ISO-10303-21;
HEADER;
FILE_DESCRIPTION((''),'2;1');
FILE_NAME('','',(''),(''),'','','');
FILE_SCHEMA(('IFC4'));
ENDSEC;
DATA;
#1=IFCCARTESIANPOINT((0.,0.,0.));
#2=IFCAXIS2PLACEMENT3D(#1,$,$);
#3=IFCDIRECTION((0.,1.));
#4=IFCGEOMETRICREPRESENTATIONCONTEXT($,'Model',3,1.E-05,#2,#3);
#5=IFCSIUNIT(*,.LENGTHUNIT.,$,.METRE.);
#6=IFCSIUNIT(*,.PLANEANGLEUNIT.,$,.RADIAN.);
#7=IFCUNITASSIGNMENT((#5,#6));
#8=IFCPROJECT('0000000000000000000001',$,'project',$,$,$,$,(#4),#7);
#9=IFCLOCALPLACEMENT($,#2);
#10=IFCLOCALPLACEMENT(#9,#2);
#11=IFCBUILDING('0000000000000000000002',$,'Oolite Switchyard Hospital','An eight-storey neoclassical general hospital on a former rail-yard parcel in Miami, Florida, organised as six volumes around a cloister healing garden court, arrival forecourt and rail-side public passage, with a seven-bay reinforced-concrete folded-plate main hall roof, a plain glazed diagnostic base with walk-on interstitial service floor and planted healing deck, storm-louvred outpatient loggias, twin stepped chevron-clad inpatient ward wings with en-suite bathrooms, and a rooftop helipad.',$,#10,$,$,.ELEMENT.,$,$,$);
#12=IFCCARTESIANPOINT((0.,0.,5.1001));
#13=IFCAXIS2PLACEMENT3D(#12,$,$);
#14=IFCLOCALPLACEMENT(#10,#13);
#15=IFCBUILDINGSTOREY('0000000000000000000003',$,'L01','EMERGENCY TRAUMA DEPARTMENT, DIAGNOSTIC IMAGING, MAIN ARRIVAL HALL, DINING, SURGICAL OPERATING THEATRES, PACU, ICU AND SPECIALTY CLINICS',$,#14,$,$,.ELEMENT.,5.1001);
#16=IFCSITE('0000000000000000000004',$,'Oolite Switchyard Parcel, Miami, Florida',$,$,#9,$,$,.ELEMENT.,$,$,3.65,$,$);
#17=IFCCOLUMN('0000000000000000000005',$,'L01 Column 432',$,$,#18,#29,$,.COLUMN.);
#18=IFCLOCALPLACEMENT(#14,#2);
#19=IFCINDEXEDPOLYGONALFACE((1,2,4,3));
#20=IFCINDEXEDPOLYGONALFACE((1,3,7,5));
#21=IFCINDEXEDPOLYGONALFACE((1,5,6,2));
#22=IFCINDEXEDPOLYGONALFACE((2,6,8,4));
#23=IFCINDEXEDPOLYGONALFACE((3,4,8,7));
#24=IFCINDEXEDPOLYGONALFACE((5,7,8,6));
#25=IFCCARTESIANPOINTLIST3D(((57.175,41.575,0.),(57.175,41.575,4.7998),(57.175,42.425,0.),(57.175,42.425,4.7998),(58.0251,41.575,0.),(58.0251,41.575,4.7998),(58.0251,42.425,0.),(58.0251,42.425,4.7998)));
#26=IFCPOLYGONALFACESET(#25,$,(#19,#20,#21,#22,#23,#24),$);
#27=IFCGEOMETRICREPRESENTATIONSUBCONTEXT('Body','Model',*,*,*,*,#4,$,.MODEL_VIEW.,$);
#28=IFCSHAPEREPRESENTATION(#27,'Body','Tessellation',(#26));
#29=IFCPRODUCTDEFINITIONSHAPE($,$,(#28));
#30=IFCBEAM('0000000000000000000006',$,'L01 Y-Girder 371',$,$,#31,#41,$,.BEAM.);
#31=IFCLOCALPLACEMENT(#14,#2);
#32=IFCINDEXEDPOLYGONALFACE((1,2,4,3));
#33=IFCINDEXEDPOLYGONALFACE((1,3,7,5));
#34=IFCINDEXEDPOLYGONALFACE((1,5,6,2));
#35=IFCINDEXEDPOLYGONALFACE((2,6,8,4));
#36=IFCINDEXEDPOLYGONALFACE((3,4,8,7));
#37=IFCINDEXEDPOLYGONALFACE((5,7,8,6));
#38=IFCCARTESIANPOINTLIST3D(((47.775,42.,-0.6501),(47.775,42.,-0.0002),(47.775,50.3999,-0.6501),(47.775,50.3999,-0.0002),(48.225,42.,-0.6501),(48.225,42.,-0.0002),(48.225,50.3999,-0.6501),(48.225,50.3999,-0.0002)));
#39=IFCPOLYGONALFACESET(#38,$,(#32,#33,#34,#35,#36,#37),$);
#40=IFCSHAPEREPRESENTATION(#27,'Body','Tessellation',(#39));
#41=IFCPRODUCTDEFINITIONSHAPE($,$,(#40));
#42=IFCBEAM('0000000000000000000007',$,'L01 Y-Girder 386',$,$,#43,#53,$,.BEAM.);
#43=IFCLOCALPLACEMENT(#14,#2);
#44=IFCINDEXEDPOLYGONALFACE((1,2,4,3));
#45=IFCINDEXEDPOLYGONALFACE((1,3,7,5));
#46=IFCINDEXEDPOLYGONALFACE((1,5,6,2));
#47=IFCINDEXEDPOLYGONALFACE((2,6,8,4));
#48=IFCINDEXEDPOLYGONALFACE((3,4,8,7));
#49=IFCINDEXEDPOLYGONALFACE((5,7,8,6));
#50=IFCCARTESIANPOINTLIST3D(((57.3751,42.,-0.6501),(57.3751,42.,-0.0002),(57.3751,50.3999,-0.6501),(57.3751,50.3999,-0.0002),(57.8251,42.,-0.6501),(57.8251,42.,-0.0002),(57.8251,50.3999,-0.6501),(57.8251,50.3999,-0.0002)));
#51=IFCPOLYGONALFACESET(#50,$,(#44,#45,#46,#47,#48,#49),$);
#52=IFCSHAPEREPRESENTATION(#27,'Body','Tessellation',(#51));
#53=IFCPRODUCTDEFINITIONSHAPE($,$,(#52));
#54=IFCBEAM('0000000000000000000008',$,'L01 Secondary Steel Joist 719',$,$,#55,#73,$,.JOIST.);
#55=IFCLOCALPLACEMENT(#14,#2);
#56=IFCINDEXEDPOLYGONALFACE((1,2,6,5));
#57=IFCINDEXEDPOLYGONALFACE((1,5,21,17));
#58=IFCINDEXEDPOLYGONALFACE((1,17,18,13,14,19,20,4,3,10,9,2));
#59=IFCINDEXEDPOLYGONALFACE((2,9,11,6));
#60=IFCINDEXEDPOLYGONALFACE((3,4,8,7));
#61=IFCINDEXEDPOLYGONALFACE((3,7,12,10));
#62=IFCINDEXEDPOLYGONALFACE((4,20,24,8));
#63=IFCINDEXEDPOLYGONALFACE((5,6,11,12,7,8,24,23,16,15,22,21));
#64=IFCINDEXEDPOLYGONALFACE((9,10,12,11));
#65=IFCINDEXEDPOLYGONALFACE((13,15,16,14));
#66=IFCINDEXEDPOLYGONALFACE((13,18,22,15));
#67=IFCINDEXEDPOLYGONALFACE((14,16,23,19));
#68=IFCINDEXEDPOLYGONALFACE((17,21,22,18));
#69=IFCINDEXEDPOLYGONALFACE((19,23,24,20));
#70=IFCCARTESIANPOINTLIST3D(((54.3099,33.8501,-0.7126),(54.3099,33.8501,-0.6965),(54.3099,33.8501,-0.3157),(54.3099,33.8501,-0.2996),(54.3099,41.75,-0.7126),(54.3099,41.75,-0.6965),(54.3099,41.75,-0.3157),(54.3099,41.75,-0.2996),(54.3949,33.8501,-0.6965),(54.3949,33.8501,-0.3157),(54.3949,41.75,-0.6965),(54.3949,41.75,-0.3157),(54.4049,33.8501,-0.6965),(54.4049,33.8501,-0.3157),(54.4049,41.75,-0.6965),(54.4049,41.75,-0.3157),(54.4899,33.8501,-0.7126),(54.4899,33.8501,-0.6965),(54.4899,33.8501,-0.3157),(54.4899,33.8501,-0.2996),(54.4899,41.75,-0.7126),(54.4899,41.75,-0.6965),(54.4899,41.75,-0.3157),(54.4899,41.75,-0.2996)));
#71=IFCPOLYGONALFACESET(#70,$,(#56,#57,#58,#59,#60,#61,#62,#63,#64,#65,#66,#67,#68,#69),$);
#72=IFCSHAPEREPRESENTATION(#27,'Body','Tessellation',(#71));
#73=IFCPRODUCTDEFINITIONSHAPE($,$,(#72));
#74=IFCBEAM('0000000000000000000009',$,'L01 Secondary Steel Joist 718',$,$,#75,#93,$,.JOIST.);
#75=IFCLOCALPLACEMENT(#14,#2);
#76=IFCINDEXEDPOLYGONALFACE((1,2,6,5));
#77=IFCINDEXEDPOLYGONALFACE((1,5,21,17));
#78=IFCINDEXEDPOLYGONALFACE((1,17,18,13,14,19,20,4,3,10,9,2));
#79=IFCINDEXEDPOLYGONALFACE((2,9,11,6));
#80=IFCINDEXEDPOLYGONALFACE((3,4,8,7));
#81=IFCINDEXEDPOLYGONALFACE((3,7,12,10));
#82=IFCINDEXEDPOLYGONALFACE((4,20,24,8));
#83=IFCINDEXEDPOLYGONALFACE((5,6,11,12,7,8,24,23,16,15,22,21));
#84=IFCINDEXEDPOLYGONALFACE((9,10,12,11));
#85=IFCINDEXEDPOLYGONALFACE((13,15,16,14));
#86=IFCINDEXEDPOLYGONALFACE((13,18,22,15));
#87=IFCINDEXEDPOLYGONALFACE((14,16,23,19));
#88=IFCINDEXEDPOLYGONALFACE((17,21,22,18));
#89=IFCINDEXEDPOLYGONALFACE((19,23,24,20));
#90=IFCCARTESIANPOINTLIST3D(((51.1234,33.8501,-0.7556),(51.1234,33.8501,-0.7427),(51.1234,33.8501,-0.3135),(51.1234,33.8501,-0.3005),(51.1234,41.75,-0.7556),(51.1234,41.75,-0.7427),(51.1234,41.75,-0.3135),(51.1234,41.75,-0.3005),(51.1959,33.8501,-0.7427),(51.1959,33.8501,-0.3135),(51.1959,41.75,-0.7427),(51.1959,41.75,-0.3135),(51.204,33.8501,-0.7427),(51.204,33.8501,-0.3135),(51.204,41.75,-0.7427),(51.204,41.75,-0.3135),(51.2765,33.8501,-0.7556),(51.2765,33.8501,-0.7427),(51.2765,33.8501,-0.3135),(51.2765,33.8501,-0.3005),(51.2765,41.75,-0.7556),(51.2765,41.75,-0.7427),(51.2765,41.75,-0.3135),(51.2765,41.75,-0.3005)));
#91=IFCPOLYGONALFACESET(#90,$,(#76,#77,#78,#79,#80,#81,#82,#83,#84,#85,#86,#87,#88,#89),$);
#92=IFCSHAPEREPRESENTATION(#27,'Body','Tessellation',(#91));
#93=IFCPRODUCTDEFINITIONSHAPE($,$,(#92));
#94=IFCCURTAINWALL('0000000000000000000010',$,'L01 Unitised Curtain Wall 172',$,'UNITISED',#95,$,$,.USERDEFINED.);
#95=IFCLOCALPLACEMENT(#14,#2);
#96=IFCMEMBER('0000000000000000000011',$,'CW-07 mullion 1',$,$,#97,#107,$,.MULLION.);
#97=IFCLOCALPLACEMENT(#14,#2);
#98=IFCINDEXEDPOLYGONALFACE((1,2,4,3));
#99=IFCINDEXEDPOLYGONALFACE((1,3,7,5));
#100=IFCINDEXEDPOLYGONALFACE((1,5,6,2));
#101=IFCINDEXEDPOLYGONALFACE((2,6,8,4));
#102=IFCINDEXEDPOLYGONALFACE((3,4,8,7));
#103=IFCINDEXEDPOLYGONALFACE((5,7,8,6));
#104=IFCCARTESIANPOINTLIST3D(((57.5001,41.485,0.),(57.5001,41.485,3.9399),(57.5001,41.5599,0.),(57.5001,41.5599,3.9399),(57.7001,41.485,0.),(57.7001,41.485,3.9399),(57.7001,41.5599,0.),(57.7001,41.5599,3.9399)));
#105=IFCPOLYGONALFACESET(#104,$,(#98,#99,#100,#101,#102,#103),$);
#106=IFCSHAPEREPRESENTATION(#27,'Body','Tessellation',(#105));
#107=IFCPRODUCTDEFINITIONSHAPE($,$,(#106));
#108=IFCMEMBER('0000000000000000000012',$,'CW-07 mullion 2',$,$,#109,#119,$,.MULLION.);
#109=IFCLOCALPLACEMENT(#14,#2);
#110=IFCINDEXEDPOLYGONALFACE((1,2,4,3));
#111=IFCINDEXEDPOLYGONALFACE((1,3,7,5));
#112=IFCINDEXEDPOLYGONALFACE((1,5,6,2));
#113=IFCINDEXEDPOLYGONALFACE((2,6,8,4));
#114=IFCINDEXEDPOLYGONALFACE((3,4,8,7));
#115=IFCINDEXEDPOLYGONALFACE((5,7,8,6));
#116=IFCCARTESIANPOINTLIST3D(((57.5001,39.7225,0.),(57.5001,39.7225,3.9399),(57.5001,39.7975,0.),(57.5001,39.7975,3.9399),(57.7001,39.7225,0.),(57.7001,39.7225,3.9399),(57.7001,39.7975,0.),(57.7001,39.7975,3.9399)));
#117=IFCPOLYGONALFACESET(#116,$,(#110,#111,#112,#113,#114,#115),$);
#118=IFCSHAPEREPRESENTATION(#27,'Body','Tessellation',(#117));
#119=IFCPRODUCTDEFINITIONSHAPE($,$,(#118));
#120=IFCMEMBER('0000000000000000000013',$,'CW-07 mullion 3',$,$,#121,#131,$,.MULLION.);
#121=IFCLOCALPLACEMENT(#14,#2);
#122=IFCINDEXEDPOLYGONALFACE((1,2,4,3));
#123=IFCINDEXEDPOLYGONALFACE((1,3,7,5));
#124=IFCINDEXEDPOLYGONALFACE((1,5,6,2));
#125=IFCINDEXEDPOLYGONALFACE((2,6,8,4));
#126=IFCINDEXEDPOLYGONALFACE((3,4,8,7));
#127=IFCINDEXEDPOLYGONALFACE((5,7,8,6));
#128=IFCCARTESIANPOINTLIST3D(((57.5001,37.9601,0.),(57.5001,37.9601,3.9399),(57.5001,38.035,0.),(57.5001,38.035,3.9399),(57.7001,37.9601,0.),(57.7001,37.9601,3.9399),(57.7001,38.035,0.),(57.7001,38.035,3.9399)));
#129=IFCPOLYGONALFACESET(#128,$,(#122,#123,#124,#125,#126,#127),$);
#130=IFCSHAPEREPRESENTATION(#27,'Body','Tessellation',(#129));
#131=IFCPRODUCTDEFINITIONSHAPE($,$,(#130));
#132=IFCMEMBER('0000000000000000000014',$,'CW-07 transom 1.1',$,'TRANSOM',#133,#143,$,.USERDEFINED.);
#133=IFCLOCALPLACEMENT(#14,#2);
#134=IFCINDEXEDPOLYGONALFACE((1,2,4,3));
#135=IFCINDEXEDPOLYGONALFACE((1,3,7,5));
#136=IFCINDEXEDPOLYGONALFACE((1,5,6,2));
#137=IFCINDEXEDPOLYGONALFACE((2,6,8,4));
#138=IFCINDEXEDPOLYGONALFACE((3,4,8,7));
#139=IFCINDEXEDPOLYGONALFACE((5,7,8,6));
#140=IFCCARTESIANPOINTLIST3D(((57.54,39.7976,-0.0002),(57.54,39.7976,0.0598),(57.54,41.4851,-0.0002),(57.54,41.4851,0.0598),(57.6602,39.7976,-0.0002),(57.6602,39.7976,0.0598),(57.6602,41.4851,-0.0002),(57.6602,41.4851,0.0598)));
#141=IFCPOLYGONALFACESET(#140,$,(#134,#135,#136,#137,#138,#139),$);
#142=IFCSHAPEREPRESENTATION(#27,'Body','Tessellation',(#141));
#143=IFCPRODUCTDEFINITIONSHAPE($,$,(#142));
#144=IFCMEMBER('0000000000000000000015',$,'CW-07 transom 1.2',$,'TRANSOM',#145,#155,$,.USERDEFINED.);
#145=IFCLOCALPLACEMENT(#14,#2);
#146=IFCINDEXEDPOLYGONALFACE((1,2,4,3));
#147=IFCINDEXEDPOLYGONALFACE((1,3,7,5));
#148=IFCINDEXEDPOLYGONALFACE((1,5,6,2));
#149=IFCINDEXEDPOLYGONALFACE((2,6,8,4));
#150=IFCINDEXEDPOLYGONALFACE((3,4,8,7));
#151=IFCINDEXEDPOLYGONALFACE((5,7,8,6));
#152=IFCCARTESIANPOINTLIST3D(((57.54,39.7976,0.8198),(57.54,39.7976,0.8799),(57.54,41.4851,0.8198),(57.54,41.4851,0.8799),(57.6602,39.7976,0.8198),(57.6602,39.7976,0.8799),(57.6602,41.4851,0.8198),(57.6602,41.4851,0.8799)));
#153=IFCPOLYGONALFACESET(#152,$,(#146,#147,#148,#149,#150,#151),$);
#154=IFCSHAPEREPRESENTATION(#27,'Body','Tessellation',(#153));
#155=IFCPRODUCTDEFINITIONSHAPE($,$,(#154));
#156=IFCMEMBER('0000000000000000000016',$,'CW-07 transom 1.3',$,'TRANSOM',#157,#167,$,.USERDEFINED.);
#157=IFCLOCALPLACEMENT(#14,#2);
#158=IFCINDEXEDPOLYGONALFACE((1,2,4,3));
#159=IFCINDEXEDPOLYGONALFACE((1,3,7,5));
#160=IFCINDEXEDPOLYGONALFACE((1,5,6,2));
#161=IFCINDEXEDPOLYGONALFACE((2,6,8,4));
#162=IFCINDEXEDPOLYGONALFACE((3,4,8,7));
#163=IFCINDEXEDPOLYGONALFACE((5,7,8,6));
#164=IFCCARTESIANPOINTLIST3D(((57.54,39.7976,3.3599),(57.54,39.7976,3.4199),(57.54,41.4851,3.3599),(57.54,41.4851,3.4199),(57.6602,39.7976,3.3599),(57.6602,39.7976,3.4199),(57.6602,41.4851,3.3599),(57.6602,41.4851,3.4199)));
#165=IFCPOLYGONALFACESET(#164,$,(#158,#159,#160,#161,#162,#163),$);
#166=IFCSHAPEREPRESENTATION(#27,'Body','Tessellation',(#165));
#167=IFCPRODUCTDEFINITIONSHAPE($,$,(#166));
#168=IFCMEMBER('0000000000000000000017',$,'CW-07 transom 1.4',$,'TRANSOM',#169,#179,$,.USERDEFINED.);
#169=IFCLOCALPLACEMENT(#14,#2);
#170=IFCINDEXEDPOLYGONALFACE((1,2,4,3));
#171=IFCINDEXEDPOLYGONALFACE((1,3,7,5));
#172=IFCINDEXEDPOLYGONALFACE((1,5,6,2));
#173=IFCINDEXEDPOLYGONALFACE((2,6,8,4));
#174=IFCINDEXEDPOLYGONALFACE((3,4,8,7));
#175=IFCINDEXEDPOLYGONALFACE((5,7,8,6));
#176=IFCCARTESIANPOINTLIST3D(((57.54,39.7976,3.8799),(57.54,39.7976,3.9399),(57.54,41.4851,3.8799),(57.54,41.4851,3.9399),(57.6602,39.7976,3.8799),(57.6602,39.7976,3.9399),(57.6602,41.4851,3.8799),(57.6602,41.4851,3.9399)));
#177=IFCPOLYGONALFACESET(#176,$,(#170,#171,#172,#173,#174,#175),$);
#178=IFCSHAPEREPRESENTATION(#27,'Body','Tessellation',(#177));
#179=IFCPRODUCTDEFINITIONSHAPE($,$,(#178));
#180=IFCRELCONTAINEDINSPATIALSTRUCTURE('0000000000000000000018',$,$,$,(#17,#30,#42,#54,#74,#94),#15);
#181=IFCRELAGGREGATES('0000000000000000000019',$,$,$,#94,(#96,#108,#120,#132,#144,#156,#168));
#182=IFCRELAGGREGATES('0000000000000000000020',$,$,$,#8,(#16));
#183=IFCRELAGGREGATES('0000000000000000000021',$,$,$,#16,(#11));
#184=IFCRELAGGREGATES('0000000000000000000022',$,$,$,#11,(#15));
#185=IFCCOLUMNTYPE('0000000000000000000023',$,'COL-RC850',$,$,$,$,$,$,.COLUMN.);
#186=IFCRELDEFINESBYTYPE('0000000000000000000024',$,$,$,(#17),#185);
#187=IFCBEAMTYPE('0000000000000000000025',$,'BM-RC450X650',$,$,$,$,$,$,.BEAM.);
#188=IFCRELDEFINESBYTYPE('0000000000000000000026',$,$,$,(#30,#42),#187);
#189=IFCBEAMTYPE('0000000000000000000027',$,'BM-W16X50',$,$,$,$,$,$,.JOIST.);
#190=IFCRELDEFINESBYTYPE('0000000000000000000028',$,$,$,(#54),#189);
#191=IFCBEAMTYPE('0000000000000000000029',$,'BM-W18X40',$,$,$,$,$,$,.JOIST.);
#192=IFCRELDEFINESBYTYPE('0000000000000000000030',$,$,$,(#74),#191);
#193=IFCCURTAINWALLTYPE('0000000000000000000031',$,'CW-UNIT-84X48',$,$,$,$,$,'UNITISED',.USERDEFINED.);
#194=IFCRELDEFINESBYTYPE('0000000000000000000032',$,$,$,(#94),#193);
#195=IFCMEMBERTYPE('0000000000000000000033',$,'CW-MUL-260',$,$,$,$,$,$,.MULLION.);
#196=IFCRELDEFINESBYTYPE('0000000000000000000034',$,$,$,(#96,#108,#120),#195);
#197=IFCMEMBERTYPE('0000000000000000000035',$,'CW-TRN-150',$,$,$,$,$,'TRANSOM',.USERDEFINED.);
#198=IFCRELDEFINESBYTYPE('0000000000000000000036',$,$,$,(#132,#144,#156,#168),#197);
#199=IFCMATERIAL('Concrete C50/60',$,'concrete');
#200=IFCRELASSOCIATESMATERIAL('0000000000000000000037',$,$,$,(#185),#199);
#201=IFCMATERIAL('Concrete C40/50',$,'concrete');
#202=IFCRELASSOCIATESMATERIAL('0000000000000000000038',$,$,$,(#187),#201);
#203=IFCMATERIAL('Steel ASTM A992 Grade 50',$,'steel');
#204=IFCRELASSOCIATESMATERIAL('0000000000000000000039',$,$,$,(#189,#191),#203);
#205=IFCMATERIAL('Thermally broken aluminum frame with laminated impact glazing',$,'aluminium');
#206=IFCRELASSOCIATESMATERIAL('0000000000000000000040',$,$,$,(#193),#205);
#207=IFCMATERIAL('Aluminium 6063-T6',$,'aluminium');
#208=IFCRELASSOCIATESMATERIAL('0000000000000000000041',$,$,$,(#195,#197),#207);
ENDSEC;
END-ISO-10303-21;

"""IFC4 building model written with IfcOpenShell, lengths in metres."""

from ifc_helpers import new_model, si_unit, direction, frame, origin, origin_2d, place, context, subcontext, project, spatial, rectangle, i_section, extrude, material, material_profile, profile_set, type_object, element, aggregate, save


model = new_model("IFC4")

# Units and contexts
model_context = context("Model", 3, precision=1e-05, world=origin(), true_north=direction((0.0, 1.0)))
body_context = subcontext(model_context, "Body", "Model", "MODEL_VIEW")
ifc_project = project(units=[si_unit("LENGTHUNIT", "METRE"), si_unit("PLANEANGLEUNIT", "RADIAN")], contexts=[model_context])

# Site, building, storey
site_placement = place(None, origin())
site = spatial("IfcSite", under=ifc_project, at=site_placement, Name="Oolite Switchyard Parcel, Miami, Florida", CompositionType="ELEMENT", RefElevation=3.65)
building_placement = place(site_placement, origin())
building = spatial("IfcBuilding", under=site, at=building_placement, Name="Oolite Switchyard Hospital", Description="An eight-storey neoclassical general hospital on a former rail-yard parcel in Miami, Florida, organised as six volumes around a cloister healing garden court, arrival forecourt and rail-side public passage, with a seven-bay reinforced-concrete folded-plate main hall roof, a plain glazed diagnostic base with walk-on interstitial service floor and planted healing deck, storm-louvred outpatient loggias, twin stepped chevron-clad inpatient ward wings with en-suite bathrooms, and a rooftop helipad.", CompositionType="ELEMENT")
storey_placement = place(building_placement, frame((0.0, 0.0, 5.1001)))
storey = spatial("IfcBuildingStorey", under=building, at=storey_placement, Name="L01", Description="EMERGENCY TRAUMA DEPARTMENT, DIAGNOSTIC IMAGING, MAIN ARRIVAL HALL, DINING, SURGICAL OPERATING THEATRES, PACU, ICU AND SPECIALTY CLINICS", CompositionType="ELEMENT", Elevation=5.1001)

# Column
ifc_material_1 = material(Name="Concrete C50/60", Category="concrete")
ifc_material_profile_1 = material_profile(ifc_material_1, rectangle(XDim=0.8501, YDim=0.8501, at=origin_2d()), Name="RC850X850")
ifc_profile_set_1 = profile_set([ifc_material_profile_1], Name="Concrete C50/60")
column_type = type_object("IfcColumnType", Name="COL-RC850", PredefinedType="COLUMN", material=ifc_profile_set_1)
column_placement = place(storey_placement, frame((57.6001, 42.0, 0.0), z_axis=(0.0, 0.0, 1.0), x_axis=(1.0, 0.0, 0.0)))
element("IfcColumn", 1, at=column_placement, inside=storey, type_object=column_type, Name="L01 Column 432", PredefinedType="COLUMN", context=body_context, shape_type="SweptSolid", body=[
    extrude(rectangle(XDim=0.8501, YDim=0.8501, at=origin_2d()), origin(), (0.0, 0.0, 1.0), 4.7998),
])

# Beams
ifc_material_2 = material(Name="Concrete C40/50", Category="concrete")
ifc_material_profile_2 = material_profile(ifc_material_2, rectangle(XDim=0.45, YDim=0.6499, at=origin_2d()), Name="RCB450X650")
ifc_profile_set_2 = profile_set([ifc_material_profile_2], Name="Concrete C40/50")
beam_type_1 = type_object("IfcBeamType", Name="BM-RC450X650", PredefinedType="BEAM", material=ifc_profile_set_2)
for number, where, z_axis, x_axis, name in (
    (2, (48.0, 42.0, -0.3252), (0.0, 1.0, 0.0), (-1.0, 0.0, 0.0), "L01 Y-Girder 371"),
    (3, (57.6001, 42.0, -0.3252), (0.0, 1.0, 0.0), (-1.0, 0.0, 0.0), "L01 Y-Girder 386"),
):
    element("IfcBeam", number, at=place(storey_placement, frame(where, z_axis=z_axis, x_axis=x_axis)), inside=storey, type_object=beam_type_1, Name=name, PredefinedType="BEAM", context=body_context, shape_type="SweptSolid", body=[
        extrude(rectangle(XDim=0.45, YDim=0.6499, at=origin_2d()), origin(), (0.0, 0.0, 1.0), 8.3999),
    ])
ifc_material_3 = material(Name="Steel ASTM A992 Grade 50", Category="steel")
ifc_material_profile_3 = material_profile(ifc_material_3, i_section(OverallWidth=0.1799, OverallDepth=0.4131, WebThickness=0.01, FlangeThickness=0.0161, at=origin_2d()), Name="W16X50")
ifc_profile_set_3 = profile_set([ifc_material_profile_3], Name="Steel ASTM A992 Grade 50")
beam_type_2 = type_object("IfcBeamType", Name="BM-W16X50", PredefinedType="JOIST", material=ifc_profile_set_3)
beam_1_placement = place(storey_placement, frame((54.3999, 33.8501, -0.5061), z_axis=(0.0, 1.0, 0.0), x_axis=(-1.0, 0.0, 0.0)))
element("IfcBeam", 4, at=beam_1_placement, inside=storey, type_object=beam_type_2, Name="L01 Secondary Steel Joist 719", PredefinedType="JOIST", context=body_context, shape_type="SweptSolid", body=[
    extrude(i_section(OverallWidth=0.1799, OverallDepth=0.4131, WebThickness=0.01, FlangeThickness=0.0161, at=origin_2d()), origin(), (0.0, 0.0, 1.0), 7.8999),
])
ifc_material_profile_4 = material_profile(ifc_material_3, i_section(OverallWidth=0.1531, OverallDepth=0.4551, WebThickness=0.0081, FlangeThickness=0.0129, at=origin_2d()), Name="W18X40")
ifc_profile_set_4 = profile_set([ifc_material_profile_4], Name="Steel ASTM A992 Grade 50")
beam_type_3 = type_object("IfcBeamType", Name="BM-W18X40", PredefinedType="JOIST", material=ifc_profile_set_4)
beam_2_placement = place(storey_placement, frame((51.2, 33.8501, -0.5281), z_axis=(0.0, 1.0, 0.0), x_axis=(-1.0, 0.0, 0.0)))
element("IfcBeam", 5, at=beam_2_placement, inside=storey, type_object=beam_type_3, Name="L01 Secondary Steel Joist 718", PredefinedType="JOIST", context=body_context, shape_type="SweptSolid", body=[
    extrude(i_section(OverallWidth=0.1531, OverallDepth=0.4551, WebThickness=0.0081, FlangeThickness=0.0129, at=origin_2d()), origin(), (0.0, 0.0, 1.0), 7.8999),
])

# Curtain wall, members
ifc_material_4 = material(Name="Thermally broken aluminum frame with laminated impact glazing", Category="aluminium")
curtain_wall_type = type_object("IfcCurtainWallType", Name="CW-UNIT-84X48", ElementType="UNITISED", PredefinedType="USERDEFINED", material=ifc_material_4)
curtain_wall_placement = place(storey_placement, origin())
curtain_wall = element("IfcCurtainWall", 6, at=curtain_wall_placement, inside=storey, type_object=curtain_wall_type, Name="L01 Unitised Curtain Wall 172", ObjectType="UNITISED", PredefinedType="USERDEFINED")
ifc_material_5 = material(Name="Aluminium 6063-T6", Category="aluminium")
ifc_material_profile_5 = material_profile(ifc_material_5, rectangle(XDim=0.2, YDim=0.075, at=origin_2d()), Name="CWM75X200")
ifc_profile_set_5 = profile_set([ifc_material_profile_5], Name="Aluminium 6063-T6")
member_type_1 = type_object("IfcMemberType", Name="CW-MUL-260", PredefinedType="MULLION", material=ifc_profile_set_5)
member_1_placement = place(storey_placement, frame((57.6001, 41.5225, 0.0), z_axis=(0.0, 0.0, 1.0), x_axis=(1.0, 0.0, 0.0)))
member_1 = element("IfcMember", 7, at=member_1_placement, type_object=member_type_1, Name="CW-07 mullion 1", PredefinedType="MULLION", context=body_context, shape_type="SweptSolid", body=[
    extrude(rectangle(XDim=0.2, YDim=0.075, at=origin_2d()), origin(), (0.0, 0.0, 1.0), 3.9399),
])
member_2_placement = place(storey_placement, frame((57.6001, 39.76, 0.0), z_axis=(0.0, 0.0, 1.0), x_axis=(1.0, 0.0, 0.0)))
member_2 = element("IfcMember", 8, at=member_2_placement, type_object=member_type_1, Name="CW-07 mullion 2", PredefinedType="MULLION", context=body_context, shape_type="SweptSolid", body=[
    extrude(rectangle(XDim=0.2, YDim=0.075, at=origin_2d()), origin(), (0.0, 0.0, 1.0), 3.9399),
])
member_3_placement = place(storey_placement, frame((57.6001, 37.9976, 0.0), z_axis=(0.0, 0.0, 1.0), x_axis=(1.0, 0.0, 0.0)))
member_3 = element("IfcMember", 9, at=member_3_placement, type_object=member_type_1, Name="CW-07 mullion 3", PredefinedType="MULLION", context=body_context, shape_type="SweptSolid", body=[
    extrude(rectangle(XDim=0.2, YDim=0.075, at=origin_2d()), origin(), (0.0, 0.0, 1.0), 3.9399),
])
ifc_material_profile_6 = material_profile(ifc_material_5, rectangle(XDim=0.1201, YDim=0.0601, at=origin_2d()), Name="CWT60X120")
ifc_profile_set_6 = profile_set([ifc_material_profile_6], Name="Aluminium 6063-T6")
member_type_2 = type_object("IfcMemberType", Name="CW-TRN-150", ElementType="TRANSOM", PredefinedType="USERDEFINED", material=ifc_profile_set_6)
member_4_placement = place(storey_placement, frame((57.6001, 41.4851, 0.0298), z_axis=(0.0, -1.0, 0.0), x_axis=(1.0, 0.0, 0.0)))
member_4 = element("IfcMember", 10, at=member_4_placement, type_object=member_type_2, Name="CW-07 transom 1.1", ObjectType="TRANSOM", PredefinedType="USERDEFINED", context=body_context, shape_type="SweptSolid", body=[
    extrude(rectangle(XDim=0.1201, YDim=0.0601, at=origin_2d()), origin(), (0.0, 0.0, 1.0), 1.6875),
])
member_5_placement = place(storey_placement, frame((57.6001, 41.4851, 0.8499), z_axis=(0.0, -1.0, 0.0), x_axis=(1.0, 0.0, 0.0)))
member_5 = element("IfcMember", 11, at=member_5_placement, type_object=member_type_2, Name="CW-07 transom 1.2", ObjectType="TRANSOM", PredefinedType="USERDEFINED", context=body_context, shape_type="SweptSolid", body=[
    extrude(rectangle(XDim=0.1201, YDim=0.0601, at=origin_2d()), origin(), (0.0, 0.0, 1.0), 1.6875),
])
member_6_placement = place(storey_placement, frame((57.6001, 41.4851, 3.3899), z_axis=(0.0, -1.0, 0.0), x_axis=(1.0, 0.0, 0.0)))
member_6 = element("IfcMember", 12, at=member_6_placement, type_object=member_type_2, Name="CW-07 transom 1.3", ObjectType="TRANSOM", PredefinedType="USERDEFINED", context=body_context, shape_type="SweptSolid", body=[
    extrude(rectangle(XDim=0.1201, YDim=0.0601, at=origin_2d()), origin(), (0.0, 0.0, 1.0), 1.6875),
])
member_7_placement = place(storey_placement, frame((57.6001, 41.4851, 3.9099), z_axis=(0.0, -1.0, 0.0), x_axis=(1.0, 0.0, 0.0)))
member_7 = element("IfcMember", 13, at=member_7_placement, type_object=member_type_2, Name="CW-07 transom 1.4", ObjectType="TRANSOM", PredefinedType="USERDEFINED", context=body_context, shape_type="SweptSolid", body=[
    extrude(rectangle(XDim=0.1201, YDim=0.0601, at=origin_2d()), origin(), (0.0, 0.0, 1.0), 1.6875),
])
aggregate(curtain_wall, [member_1, member_2, member_3, member_4, member_5, member_6, member_7])

save(model, "model.ifc")
